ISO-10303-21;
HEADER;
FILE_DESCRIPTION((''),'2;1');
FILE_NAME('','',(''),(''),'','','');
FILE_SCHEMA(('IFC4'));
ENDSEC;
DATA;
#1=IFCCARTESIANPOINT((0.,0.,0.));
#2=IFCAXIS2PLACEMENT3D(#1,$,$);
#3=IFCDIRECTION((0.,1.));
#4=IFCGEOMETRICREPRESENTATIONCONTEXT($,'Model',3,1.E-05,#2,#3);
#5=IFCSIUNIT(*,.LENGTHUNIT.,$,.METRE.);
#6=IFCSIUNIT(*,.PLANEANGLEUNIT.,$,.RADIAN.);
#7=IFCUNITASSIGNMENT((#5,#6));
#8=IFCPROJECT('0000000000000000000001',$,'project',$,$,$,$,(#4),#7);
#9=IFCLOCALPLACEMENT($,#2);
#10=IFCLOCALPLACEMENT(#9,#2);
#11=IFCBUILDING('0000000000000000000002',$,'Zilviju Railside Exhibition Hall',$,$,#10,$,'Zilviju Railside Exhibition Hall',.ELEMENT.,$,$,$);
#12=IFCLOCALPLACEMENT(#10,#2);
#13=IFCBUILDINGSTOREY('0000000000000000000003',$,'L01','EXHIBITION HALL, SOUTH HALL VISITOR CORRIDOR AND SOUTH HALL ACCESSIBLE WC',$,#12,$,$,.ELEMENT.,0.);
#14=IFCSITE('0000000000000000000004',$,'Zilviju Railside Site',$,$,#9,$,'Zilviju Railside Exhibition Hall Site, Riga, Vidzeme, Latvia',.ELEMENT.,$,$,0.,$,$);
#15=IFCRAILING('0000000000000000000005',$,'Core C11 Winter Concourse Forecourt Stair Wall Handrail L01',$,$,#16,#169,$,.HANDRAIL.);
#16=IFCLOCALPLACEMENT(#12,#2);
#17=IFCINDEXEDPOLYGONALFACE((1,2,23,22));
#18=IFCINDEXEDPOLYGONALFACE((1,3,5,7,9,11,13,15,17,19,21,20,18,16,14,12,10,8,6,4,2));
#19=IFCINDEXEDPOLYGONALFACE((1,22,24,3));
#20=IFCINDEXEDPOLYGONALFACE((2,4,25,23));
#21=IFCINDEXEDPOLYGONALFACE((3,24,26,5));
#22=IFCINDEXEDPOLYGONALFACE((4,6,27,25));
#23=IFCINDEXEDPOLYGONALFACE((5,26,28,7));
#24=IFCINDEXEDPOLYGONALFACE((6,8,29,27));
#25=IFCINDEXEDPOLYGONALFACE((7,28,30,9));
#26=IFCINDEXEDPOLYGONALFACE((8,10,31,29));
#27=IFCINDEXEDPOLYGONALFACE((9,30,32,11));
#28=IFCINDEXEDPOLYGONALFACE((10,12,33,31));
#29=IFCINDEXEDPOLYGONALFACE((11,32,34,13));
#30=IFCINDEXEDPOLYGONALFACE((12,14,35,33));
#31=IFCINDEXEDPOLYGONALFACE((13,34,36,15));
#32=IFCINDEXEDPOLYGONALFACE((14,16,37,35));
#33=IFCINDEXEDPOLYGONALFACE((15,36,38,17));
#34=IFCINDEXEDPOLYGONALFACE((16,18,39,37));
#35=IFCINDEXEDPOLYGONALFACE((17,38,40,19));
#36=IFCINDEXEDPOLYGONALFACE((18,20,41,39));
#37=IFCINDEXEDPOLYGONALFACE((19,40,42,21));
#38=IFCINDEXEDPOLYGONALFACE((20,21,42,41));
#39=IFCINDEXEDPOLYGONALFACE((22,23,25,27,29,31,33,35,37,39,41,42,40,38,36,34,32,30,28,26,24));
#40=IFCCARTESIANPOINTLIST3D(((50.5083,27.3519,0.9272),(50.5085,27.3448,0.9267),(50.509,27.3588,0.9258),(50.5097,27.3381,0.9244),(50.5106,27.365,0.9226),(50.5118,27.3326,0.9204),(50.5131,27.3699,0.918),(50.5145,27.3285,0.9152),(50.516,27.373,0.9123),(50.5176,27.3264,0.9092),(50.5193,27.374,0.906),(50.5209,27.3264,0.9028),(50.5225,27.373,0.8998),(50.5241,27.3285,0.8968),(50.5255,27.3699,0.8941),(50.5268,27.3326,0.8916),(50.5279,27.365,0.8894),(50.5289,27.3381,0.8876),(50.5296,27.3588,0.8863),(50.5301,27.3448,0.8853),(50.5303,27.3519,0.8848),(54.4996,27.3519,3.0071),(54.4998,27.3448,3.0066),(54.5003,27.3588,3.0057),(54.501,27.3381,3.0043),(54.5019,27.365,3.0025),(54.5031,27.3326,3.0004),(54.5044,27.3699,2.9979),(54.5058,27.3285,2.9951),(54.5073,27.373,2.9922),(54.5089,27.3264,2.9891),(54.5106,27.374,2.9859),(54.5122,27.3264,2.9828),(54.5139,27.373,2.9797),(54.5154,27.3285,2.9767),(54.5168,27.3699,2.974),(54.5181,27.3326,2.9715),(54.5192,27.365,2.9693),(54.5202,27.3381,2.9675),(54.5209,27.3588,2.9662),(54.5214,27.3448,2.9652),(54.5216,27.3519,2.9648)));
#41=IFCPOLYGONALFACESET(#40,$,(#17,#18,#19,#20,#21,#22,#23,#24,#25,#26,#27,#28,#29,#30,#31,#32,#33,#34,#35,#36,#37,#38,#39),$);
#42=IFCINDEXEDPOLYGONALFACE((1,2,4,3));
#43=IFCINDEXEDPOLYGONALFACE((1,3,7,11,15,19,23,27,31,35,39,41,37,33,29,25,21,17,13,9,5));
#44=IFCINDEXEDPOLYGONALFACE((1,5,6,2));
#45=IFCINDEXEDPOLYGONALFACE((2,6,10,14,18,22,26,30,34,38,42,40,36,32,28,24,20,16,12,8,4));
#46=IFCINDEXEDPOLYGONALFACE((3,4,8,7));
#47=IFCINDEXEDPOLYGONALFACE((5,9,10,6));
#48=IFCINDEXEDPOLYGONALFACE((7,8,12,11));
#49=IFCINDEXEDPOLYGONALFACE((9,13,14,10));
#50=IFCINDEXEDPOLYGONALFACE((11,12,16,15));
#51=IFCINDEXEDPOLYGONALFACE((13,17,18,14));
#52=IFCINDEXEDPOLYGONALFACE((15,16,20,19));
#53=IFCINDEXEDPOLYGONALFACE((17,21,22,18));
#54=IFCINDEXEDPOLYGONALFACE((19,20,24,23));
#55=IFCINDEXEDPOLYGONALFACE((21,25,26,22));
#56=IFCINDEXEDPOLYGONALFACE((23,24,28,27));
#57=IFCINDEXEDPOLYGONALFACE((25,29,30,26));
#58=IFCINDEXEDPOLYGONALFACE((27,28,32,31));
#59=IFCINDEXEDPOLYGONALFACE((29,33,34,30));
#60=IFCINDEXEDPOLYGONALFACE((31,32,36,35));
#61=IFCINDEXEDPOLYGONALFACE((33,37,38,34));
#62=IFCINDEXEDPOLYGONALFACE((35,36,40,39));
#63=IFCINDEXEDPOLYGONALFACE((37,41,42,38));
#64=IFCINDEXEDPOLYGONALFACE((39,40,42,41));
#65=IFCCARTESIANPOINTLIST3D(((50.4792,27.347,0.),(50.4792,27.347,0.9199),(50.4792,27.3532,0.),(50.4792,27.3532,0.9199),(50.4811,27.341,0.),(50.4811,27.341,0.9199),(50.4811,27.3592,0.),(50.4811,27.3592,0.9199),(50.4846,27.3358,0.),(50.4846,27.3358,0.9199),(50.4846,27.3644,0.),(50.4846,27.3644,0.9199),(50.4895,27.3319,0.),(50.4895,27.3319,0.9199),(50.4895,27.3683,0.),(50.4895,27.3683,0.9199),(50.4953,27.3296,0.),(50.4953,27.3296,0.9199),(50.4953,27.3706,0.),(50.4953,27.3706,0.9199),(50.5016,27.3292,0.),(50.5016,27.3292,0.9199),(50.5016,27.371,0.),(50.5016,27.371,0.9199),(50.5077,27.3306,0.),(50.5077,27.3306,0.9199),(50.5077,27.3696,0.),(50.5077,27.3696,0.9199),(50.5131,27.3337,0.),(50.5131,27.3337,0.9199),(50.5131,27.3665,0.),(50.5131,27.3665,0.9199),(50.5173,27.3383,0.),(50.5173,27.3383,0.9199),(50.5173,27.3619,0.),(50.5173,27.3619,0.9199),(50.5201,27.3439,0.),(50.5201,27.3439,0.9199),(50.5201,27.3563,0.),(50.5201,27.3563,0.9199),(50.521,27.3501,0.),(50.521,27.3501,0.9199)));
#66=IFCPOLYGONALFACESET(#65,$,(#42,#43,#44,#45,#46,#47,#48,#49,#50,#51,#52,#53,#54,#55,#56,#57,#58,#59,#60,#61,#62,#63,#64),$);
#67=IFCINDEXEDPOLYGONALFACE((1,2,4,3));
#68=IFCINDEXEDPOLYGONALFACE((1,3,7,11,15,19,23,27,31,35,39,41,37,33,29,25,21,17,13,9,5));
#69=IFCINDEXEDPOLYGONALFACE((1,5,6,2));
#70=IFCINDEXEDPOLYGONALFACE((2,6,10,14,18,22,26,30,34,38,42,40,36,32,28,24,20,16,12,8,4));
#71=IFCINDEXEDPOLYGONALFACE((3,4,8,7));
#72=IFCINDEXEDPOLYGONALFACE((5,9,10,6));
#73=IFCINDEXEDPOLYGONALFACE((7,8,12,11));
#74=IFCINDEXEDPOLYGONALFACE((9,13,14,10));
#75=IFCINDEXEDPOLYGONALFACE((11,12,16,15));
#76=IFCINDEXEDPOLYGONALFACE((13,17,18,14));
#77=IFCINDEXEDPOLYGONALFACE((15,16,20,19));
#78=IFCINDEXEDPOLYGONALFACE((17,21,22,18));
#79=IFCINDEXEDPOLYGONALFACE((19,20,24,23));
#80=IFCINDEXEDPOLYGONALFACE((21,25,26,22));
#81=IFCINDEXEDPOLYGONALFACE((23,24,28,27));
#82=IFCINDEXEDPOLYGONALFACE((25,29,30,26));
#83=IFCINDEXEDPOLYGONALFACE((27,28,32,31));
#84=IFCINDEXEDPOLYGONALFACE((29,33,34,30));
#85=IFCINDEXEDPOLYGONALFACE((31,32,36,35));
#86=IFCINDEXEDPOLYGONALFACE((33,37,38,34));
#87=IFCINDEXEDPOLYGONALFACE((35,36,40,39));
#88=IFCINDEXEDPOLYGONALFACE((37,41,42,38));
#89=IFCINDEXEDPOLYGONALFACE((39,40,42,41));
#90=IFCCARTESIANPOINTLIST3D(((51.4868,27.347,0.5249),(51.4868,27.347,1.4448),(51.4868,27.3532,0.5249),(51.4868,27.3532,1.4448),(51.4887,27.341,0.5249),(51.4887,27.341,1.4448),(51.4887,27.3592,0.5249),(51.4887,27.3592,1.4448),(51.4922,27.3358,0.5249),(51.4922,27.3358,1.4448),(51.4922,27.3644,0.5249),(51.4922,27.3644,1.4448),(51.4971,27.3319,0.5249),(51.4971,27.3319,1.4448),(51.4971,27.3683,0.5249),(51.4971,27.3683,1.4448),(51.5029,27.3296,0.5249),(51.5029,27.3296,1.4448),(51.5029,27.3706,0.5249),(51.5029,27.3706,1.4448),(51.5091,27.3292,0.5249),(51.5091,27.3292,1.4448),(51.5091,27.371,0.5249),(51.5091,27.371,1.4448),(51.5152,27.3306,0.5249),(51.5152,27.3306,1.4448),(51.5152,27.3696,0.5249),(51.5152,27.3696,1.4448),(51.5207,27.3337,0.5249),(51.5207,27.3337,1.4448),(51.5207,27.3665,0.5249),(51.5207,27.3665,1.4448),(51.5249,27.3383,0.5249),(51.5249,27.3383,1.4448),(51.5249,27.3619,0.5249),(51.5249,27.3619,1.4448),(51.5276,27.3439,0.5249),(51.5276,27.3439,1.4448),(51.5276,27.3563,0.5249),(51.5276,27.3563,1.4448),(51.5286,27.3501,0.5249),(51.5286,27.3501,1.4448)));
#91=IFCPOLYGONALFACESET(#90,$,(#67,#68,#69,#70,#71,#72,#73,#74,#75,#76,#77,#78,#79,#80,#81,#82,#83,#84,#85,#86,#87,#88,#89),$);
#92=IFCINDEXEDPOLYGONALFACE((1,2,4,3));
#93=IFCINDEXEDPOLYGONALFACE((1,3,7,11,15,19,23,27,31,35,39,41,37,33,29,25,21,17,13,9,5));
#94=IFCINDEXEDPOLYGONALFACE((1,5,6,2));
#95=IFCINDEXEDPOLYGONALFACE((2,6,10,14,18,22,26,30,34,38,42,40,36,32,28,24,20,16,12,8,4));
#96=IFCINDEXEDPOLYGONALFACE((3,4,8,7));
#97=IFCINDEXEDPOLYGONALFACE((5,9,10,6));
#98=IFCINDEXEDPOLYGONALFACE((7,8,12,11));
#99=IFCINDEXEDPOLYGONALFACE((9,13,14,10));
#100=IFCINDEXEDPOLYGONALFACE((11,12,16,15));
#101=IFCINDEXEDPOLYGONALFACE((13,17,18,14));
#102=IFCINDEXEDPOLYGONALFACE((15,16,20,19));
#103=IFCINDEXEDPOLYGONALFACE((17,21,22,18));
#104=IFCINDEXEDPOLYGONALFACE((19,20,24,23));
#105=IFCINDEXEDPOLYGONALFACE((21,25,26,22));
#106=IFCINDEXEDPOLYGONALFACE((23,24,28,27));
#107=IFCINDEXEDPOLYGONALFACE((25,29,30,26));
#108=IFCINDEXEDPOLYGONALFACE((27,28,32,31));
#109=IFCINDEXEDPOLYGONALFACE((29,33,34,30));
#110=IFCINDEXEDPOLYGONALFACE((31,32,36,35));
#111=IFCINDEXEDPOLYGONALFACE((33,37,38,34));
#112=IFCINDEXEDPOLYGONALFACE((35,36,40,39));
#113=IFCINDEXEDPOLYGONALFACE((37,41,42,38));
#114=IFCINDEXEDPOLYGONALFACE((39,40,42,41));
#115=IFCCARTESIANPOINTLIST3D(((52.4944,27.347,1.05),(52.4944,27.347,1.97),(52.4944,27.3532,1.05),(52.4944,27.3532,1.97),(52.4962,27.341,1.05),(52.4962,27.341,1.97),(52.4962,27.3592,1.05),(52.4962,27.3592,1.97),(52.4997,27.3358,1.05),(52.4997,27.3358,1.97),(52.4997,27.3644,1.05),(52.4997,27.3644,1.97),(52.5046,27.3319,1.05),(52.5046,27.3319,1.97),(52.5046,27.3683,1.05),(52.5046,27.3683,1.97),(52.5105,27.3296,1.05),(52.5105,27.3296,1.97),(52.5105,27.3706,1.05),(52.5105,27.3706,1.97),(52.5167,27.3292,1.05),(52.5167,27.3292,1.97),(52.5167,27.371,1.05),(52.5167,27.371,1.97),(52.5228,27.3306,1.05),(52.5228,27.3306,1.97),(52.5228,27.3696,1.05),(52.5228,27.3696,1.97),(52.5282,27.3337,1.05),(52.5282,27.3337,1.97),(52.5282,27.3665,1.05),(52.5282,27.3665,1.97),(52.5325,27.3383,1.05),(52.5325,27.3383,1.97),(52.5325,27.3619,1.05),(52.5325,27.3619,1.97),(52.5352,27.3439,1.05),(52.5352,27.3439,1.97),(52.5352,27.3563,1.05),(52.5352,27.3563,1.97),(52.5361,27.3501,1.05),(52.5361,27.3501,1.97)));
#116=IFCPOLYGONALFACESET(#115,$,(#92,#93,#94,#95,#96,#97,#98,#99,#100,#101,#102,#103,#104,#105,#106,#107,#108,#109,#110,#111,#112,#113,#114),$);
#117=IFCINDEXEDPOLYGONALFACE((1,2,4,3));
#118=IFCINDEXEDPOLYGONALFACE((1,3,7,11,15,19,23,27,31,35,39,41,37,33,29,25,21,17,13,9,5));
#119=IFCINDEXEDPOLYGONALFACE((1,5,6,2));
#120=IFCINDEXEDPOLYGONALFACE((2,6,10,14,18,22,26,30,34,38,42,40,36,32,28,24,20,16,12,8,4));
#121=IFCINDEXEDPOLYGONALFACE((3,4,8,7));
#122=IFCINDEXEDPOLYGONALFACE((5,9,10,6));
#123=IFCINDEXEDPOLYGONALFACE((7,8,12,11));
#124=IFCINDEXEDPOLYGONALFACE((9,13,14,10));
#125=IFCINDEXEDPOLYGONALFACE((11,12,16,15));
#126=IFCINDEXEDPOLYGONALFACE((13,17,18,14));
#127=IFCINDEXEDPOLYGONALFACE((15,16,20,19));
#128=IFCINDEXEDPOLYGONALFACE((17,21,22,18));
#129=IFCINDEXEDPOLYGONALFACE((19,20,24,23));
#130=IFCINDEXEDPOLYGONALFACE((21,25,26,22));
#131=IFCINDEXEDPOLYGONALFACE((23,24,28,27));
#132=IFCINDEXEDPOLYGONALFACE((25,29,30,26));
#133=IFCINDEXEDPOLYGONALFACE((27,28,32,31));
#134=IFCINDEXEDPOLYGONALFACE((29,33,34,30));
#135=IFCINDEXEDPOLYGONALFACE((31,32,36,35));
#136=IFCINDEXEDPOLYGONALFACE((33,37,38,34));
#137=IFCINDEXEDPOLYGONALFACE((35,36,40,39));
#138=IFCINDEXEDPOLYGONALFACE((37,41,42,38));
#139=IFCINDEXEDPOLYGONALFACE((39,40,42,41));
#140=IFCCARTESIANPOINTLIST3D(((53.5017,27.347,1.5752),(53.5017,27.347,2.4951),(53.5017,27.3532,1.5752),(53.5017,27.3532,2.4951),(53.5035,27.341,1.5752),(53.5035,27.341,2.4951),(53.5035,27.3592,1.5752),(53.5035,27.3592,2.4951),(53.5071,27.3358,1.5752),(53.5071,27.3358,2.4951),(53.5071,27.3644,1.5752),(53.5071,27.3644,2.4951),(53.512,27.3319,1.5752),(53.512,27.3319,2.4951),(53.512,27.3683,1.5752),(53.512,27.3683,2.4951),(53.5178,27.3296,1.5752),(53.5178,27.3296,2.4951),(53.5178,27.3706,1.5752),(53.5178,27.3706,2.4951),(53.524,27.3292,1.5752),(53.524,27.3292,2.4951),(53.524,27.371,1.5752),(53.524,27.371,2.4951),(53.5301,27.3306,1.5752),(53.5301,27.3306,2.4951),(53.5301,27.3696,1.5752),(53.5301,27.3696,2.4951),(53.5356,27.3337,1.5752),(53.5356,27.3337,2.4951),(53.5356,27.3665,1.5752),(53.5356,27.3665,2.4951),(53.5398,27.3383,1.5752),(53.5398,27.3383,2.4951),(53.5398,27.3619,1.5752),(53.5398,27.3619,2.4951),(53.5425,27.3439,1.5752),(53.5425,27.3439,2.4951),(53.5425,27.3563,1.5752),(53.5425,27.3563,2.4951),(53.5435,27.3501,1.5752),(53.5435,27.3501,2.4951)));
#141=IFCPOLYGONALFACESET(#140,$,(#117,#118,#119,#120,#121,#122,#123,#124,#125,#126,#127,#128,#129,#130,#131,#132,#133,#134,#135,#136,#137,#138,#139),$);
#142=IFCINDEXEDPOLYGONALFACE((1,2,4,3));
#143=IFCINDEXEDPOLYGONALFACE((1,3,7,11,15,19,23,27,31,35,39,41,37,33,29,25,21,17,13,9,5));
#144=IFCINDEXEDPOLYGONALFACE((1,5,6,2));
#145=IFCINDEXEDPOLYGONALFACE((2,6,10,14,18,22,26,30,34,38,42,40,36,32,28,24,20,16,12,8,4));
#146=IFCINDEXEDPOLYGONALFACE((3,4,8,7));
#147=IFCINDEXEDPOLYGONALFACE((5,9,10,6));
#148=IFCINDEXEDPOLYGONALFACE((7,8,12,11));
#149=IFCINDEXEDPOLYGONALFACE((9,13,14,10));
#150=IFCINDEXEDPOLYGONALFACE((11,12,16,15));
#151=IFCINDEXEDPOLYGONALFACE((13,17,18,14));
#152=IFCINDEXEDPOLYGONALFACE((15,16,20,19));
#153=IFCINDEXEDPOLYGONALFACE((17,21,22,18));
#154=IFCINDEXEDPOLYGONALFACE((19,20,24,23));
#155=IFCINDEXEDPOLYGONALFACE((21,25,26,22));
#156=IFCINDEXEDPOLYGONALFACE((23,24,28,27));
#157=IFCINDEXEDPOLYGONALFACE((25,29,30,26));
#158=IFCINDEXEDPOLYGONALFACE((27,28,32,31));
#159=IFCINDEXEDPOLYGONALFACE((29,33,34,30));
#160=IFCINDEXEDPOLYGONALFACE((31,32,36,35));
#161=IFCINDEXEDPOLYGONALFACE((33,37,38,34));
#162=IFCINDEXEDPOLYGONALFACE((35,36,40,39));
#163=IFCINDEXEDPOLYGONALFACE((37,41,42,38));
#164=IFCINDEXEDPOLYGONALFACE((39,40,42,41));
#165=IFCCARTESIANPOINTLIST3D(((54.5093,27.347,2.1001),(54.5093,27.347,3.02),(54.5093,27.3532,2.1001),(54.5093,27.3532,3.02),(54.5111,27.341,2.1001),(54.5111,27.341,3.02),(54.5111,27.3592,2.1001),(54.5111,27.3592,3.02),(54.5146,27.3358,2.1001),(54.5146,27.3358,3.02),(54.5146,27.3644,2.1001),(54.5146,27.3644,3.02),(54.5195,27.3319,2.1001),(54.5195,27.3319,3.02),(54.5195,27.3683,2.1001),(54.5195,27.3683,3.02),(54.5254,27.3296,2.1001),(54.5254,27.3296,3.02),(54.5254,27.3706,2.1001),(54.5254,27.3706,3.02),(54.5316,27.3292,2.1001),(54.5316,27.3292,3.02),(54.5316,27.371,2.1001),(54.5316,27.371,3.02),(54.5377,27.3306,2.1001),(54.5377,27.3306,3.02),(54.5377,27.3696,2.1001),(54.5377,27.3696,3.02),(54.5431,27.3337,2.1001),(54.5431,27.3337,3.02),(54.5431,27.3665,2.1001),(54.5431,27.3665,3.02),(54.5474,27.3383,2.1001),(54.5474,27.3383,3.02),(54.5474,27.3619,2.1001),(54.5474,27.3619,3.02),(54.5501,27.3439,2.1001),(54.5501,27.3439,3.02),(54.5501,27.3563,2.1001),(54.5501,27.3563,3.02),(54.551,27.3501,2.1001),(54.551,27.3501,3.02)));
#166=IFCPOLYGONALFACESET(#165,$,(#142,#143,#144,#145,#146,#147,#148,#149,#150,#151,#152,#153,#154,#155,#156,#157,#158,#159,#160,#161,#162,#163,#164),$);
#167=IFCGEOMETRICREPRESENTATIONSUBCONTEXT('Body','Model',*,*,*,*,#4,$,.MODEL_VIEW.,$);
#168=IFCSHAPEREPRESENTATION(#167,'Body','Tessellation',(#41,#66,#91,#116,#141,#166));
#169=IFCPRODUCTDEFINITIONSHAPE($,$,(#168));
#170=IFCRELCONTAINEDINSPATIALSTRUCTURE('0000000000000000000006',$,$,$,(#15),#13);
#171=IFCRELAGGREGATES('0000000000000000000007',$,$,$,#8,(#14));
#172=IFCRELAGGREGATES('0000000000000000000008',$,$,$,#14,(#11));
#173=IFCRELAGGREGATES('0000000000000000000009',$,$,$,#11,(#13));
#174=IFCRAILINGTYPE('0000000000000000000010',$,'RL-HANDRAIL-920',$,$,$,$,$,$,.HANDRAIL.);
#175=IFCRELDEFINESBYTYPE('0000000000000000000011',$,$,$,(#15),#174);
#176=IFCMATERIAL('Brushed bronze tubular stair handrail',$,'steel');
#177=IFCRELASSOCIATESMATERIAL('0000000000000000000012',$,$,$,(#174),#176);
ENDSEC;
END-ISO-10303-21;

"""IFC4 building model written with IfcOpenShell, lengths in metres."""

from ifc_helpers import new_model, si_unit, direction, frame, origin, origin_2d, place, context, subcontext, project, spatial, circle, extrude, material, type_object, element, save


model = new_model("IFC4")

# Units and contexts
model_context = context("Model", 3, precision=1e-05, world=origin(), true_north=direction((0.0, 1.0)))
body_context = subcontext(model_context, "Body", "Model", "MODEL_VIEW")
ifc_project = project(units=[si_unit("LENGTHUNIT", "METRE"), si_unit("PLANEANGLEUNIT", "RADIAN")], contexts=[model_context])

# Site, building, storey
site_placement = place(None, origin())
site = spatial("IfcSite", under=ifc_project, at=site_placement, Name="Zilviju Railside Site", LongName="Zilviju Railside Exhibition Hall Site, Riga, Vidzeme, Latvia", CompositionType="ELEMENT", RefElevation=0.0)
building_placement = place(site_placement, origin())
building = spatial("IfcBuilding", under=site, at=building_placement, Name="Zilviju Railside Exhibition Hall", LongName="Zilviju Railside Exhibition Hall", CompositionType="ELEMENT")
storey_placement = place(building_placement, origin())
storey = spatial("IfcBuildingStorey", under=building, at=storey_placement, Name="L01", Description="EXHIBITION HALL, SOUTH HALL VISITOR CORRIDOR AND SOUTH HALL ACCESSIBLE WC", CompositionType="ELEMENT", Elevation=0.0)

# Railing
ifc_material_1 = material(Name="Brushed bronze tubular stair handrail", Category="steel")
railing_type_1 = type_object("IfcRailingType", Name="RL-HANDRAIL-920", PredefinedType="HANDRAIL", material=ifc_material_1)
railing_1_placement = place(storey_placement, frame((50.5, 27.3501, 0.0)))
element("IfcRailing", 1, at=railing_1_placement, inside=storey, type_object=railing_type_1, Name="Core C11 Winter Concourse Forecourt Stair Wall Handrail L01", PredefinedType="HANDRAIL", context=body_context, shape_type="SweptSolid", body=[
    extrude(circle(Radius=0.0239, at=origin_2d()), frame((0.0193, 0.0, 0.906), z_axis=(0.886813, 0.0, 0.462129), x_axis=(0.0, 1.0, 0.0)), (0.0, 0.0, 1.0), 4.5007),
    extrude(circle(Radius=0.021, at=origin_2d()), origin(), (0.0, 0.0, 1.0), 0.9199),
    extrude(circle(Radius=0.021, at=origin_2d()), frame((1.0076, 0.0, 0.5249)), (0.0, 0.0, 1.0), 0.9199),
    extrude(circle(Radius=0.021, at=origin_2d()), frame((2.0151, 0.0, 1.05)), (0.0, 0.0, 1.0), 0.9199),
    extrude(circle(Radius=0.021, at=origin_2d()), frame((3.0225, 0.0, 1.5752)), (0.0, 0.0, 1.0), 0.9199),
    extrude(circle(Radius=0.021, at=origin_2d()), frame((4.03, 0.0, 2.1001)), (0.0, 0.0, 1.0), 0.9199),
])

save(model, "model.ifc")
